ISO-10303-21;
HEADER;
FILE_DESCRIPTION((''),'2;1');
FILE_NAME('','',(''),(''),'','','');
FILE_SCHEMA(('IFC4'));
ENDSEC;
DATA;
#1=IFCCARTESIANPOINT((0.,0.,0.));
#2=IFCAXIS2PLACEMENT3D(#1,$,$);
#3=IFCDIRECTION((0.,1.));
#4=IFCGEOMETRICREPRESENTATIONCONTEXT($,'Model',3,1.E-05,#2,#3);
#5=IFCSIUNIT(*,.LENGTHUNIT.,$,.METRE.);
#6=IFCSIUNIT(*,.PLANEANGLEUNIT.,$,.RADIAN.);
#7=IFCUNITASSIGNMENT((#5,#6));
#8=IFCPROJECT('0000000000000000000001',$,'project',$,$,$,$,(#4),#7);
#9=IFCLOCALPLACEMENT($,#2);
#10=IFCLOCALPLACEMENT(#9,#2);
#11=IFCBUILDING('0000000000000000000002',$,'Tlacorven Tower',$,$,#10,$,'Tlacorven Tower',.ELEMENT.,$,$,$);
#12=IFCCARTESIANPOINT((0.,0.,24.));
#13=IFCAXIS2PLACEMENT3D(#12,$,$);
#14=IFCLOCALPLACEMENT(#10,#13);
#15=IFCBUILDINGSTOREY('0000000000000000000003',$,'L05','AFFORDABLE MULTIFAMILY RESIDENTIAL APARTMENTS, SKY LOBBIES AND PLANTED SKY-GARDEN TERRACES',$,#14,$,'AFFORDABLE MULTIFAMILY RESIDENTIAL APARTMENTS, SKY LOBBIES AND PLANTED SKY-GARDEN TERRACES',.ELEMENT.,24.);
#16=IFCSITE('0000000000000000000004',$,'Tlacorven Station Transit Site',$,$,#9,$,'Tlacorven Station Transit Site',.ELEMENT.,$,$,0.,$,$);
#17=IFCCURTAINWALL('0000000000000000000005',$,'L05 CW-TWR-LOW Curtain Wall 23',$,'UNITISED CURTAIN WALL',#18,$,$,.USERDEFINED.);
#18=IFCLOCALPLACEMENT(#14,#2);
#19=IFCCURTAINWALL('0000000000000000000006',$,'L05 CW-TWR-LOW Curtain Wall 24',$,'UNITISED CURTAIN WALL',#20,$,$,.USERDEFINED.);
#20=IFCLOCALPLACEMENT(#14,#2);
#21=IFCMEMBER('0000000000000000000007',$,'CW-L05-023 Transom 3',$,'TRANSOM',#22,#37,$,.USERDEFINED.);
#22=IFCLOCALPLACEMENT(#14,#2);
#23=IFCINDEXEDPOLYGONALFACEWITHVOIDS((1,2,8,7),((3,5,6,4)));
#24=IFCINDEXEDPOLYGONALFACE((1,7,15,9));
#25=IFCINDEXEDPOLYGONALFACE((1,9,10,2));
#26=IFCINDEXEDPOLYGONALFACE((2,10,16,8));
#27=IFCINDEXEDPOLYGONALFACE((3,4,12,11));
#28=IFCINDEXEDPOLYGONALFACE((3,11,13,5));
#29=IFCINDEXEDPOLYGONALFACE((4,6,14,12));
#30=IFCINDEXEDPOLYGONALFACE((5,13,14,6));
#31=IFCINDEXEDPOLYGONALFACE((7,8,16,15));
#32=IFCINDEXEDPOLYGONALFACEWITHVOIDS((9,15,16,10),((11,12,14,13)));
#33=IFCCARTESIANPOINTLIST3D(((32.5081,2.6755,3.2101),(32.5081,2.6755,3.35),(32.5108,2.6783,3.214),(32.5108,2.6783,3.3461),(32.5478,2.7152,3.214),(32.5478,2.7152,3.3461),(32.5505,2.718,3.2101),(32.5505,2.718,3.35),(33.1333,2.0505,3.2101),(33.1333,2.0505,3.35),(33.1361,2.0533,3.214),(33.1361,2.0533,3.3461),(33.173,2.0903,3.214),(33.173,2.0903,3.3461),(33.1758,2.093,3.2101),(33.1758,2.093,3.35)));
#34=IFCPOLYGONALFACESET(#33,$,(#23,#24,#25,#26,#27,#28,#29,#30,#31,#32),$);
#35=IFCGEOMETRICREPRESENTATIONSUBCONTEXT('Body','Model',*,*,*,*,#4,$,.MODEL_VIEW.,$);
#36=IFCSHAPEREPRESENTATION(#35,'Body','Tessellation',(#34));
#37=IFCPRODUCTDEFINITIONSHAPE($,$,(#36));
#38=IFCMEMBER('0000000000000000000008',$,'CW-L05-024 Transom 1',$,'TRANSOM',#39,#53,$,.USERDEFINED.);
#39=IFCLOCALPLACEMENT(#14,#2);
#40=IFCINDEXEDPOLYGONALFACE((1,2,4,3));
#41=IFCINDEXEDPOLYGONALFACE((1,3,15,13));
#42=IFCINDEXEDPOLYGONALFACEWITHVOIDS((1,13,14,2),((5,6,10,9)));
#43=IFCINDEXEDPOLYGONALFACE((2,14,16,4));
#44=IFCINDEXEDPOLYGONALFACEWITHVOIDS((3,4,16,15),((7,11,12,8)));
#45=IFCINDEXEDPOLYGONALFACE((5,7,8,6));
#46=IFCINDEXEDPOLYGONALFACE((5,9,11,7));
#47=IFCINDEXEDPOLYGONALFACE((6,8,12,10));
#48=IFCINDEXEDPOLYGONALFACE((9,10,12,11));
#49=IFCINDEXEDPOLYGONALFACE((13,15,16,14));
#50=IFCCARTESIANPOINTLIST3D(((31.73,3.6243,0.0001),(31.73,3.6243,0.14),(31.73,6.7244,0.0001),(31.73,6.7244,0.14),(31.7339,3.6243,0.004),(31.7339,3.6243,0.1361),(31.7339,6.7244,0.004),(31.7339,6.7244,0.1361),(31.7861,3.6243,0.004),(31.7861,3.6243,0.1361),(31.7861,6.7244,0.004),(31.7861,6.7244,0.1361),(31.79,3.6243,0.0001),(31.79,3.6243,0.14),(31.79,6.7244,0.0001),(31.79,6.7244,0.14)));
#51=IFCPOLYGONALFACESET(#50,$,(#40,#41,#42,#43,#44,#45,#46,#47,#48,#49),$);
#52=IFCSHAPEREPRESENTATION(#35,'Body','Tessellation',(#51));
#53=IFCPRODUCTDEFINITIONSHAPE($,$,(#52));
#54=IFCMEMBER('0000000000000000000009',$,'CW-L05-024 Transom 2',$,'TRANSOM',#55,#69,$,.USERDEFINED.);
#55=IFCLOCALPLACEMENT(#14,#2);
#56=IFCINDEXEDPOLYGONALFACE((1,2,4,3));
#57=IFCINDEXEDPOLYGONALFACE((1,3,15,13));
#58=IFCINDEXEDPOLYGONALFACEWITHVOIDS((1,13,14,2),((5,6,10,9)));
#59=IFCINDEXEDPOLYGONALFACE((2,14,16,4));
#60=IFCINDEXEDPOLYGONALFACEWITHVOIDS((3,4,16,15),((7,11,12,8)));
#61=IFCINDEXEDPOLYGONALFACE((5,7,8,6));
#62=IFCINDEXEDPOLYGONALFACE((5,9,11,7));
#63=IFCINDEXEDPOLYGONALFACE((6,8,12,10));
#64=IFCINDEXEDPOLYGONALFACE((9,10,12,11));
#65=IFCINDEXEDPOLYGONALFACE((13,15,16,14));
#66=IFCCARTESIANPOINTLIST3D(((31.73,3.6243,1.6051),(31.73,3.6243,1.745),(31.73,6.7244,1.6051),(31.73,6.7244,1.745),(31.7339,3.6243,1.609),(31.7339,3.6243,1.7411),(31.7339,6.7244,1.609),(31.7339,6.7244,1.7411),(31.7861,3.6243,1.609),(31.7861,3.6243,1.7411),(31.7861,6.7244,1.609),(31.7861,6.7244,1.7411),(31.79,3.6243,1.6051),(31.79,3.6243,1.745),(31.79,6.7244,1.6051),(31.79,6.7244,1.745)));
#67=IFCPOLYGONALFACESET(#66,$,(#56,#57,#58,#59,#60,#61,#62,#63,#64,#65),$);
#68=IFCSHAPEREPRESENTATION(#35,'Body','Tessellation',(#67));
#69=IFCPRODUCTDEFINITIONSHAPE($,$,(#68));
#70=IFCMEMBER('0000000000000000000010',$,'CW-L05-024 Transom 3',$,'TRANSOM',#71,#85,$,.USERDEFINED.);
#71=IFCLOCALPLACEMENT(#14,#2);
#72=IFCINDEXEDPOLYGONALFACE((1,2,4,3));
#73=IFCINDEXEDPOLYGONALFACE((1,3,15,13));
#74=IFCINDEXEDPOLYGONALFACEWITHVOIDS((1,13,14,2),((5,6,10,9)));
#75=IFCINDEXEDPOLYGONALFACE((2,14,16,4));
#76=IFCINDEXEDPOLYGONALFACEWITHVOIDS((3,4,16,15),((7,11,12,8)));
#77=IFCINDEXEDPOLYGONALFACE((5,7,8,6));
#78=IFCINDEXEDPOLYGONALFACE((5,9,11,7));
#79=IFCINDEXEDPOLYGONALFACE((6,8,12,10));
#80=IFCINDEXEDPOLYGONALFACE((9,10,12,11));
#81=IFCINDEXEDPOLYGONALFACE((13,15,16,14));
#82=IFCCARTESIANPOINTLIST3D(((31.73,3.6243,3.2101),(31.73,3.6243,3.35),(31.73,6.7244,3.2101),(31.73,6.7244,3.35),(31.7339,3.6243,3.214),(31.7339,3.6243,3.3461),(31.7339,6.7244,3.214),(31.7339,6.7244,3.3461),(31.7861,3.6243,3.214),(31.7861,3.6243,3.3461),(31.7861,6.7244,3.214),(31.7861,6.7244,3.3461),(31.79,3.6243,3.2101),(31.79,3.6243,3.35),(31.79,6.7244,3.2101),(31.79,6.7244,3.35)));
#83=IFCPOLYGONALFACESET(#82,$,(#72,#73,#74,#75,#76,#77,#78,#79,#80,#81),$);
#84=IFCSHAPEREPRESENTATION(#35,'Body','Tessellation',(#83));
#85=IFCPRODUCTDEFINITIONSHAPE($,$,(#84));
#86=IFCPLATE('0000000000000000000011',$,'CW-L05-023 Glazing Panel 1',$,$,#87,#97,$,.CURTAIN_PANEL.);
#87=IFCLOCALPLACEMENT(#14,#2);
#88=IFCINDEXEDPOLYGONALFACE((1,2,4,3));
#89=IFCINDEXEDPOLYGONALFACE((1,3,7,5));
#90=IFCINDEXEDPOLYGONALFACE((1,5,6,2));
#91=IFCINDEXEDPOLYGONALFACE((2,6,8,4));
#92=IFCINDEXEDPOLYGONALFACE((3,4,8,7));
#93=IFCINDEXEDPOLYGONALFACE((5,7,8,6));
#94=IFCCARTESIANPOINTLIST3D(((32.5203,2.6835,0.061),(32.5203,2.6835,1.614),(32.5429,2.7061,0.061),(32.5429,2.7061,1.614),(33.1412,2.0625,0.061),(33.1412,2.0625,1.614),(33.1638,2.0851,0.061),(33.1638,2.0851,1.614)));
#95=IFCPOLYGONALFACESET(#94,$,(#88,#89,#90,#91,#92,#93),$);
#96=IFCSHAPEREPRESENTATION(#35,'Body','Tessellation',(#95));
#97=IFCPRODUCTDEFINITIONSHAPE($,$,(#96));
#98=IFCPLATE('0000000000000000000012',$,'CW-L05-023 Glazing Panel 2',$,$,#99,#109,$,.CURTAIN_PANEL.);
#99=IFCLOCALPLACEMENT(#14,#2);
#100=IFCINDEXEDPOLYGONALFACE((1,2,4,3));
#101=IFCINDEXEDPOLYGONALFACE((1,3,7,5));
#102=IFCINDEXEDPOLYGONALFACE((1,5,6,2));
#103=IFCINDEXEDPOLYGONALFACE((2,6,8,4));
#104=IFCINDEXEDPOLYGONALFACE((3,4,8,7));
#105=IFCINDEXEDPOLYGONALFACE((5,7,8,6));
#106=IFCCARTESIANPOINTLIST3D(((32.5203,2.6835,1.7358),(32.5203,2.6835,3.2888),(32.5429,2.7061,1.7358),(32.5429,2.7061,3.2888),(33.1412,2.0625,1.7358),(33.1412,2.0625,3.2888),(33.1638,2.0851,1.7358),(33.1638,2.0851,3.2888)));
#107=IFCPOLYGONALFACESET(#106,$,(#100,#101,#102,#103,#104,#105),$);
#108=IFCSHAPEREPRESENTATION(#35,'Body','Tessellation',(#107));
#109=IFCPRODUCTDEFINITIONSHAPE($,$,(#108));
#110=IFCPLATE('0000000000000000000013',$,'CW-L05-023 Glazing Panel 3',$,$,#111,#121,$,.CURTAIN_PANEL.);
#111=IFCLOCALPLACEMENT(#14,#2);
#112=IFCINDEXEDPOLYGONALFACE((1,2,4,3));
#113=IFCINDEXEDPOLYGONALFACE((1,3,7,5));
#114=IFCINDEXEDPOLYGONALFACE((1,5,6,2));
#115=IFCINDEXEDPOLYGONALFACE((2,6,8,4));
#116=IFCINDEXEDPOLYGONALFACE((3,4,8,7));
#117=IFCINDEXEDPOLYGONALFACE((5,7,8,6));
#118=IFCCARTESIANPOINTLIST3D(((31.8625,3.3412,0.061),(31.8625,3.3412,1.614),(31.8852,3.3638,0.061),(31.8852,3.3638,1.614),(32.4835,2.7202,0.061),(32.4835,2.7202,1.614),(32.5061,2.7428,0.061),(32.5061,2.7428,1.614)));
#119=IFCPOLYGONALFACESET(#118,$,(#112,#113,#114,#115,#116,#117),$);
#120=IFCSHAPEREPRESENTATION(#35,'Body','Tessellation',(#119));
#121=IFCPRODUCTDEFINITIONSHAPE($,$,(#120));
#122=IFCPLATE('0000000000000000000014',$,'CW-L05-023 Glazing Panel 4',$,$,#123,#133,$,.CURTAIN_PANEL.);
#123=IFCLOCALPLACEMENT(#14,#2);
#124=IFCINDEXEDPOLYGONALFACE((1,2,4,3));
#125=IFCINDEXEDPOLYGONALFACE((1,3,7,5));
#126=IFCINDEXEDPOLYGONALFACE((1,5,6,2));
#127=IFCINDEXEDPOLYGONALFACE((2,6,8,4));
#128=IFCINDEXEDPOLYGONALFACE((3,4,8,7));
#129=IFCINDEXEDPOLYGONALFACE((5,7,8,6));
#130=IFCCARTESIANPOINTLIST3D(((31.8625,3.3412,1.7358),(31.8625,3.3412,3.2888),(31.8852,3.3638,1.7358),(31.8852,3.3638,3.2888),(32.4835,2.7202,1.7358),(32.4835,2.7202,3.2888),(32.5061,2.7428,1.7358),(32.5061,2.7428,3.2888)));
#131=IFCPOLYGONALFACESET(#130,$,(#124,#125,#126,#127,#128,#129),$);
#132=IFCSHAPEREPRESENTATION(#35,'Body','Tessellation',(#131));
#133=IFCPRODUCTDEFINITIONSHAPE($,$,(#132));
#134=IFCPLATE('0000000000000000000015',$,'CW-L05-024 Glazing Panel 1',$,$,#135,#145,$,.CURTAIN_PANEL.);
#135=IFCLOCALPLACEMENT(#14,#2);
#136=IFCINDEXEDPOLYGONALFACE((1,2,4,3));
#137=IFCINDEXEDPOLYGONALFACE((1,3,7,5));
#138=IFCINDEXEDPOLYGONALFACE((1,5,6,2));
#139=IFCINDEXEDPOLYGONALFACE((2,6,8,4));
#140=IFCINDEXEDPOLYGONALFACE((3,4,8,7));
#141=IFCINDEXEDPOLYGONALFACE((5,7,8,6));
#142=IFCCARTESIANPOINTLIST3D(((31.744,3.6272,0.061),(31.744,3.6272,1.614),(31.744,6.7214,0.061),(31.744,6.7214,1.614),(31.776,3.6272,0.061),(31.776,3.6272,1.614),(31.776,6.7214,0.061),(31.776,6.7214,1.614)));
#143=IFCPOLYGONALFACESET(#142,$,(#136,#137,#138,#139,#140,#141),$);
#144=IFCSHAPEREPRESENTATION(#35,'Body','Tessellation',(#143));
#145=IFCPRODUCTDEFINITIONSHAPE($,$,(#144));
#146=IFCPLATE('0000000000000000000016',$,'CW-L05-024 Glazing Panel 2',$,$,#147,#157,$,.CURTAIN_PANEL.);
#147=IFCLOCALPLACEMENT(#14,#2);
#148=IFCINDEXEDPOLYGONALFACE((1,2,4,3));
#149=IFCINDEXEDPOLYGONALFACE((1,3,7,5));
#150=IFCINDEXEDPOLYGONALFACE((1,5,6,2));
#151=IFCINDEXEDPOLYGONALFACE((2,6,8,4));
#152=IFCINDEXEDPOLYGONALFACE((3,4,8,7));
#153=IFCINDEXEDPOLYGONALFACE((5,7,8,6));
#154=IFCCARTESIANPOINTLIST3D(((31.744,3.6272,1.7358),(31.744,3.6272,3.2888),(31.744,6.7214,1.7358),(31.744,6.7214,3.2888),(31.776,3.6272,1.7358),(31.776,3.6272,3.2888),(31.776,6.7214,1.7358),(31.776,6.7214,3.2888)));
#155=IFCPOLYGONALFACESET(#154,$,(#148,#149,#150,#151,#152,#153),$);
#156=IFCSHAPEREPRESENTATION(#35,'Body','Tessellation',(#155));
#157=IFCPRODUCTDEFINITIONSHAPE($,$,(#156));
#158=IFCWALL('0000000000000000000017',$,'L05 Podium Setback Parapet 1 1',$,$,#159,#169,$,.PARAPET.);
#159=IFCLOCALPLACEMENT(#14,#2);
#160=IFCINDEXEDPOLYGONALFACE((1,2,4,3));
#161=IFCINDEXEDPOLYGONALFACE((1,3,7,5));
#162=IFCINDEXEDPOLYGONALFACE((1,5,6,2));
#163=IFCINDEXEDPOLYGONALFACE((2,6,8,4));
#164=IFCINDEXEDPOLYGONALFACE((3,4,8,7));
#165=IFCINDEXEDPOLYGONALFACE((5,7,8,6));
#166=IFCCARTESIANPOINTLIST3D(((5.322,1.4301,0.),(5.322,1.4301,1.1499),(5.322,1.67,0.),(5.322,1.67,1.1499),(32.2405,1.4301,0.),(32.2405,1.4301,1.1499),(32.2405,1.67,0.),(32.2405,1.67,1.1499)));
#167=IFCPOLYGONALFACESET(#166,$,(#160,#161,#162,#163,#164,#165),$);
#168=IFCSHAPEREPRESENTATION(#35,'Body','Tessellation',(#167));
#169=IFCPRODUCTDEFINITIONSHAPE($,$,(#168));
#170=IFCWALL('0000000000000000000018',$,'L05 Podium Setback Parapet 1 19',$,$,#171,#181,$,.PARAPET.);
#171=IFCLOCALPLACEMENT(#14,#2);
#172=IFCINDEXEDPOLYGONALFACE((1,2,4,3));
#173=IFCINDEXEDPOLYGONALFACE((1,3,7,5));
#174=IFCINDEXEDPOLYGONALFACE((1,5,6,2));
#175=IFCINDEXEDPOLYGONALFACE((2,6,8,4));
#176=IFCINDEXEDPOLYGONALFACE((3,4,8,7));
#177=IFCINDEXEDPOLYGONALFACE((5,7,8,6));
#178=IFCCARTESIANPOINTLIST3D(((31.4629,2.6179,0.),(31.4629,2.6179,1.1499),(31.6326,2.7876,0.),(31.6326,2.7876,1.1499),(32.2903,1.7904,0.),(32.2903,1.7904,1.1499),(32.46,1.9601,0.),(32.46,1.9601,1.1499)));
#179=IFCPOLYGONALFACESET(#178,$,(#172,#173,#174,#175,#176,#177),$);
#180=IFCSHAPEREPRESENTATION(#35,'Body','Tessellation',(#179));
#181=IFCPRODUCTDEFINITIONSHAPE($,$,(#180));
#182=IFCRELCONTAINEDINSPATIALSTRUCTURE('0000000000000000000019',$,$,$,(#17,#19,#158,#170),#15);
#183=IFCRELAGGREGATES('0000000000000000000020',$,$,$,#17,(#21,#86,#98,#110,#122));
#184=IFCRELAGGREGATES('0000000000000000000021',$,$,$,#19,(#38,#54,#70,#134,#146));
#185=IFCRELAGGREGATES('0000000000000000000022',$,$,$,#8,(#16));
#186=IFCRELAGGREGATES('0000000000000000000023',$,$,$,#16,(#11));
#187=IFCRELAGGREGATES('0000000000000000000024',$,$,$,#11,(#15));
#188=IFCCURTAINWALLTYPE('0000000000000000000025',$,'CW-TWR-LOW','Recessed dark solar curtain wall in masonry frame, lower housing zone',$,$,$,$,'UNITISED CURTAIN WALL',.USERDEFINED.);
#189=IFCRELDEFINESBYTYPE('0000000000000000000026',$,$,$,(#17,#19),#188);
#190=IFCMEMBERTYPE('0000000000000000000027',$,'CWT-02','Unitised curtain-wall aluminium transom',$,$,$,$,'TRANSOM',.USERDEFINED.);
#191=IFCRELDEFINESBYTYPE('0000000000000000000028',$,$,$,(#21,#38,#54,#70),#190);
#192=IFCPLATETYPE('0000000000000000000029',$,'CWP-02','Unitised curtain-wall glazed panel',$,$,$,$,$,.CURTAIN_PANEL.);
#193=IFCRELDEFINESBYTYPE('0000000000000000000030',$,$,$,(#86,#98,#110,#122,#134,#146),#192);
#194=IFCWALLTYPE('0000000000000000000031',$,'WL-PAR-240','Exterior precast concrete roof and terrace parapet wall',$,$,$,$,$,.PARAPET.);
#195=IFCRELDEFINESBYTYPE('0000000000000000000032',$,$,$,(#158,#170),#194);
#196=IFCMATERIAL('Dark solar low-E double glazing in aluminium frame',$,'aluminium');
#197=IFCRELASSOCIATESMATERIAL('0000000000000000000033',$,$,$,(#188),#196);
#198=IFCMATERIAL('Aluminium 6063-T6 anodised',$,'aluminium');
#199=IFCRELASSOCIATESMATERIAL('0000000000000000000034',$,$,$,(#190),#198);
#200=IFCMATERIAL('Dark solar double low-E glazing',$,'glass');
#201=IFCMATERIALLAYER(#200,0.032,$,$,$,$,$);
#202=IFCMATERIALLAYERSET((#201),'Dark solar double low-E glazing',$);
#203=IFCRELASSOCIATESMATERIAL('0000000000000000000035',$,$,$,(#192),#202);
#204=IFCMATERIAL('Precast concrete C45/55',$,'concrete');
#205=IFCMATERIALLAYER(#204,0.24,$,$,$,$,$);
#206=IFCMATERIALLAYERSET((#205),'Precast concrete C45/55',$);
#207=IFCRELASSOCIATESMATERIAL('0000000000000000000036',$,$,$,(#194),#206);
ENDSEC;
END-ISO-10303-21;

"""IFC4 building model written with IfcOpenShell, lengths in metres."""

from ifc_helpers import new_model, si_unit, direction, frame, frame_2d, origin, origin_2d, place, context, subcontext, project, spatial, rectangle, hollow_rectangle, extrude, source, transform, mapped, material, layer, layer_set, material_profile, profile_set, type_object, element, aggregate, save


model = new_model("IFC4")

# Units and contexts
model_context = context("Model", 3, precision=1e-05, world=origin(), true_north=direction((0.0, 1.0)))
body_context = subcontext(model_context, "Body", "Model", "MODEL_VIEW")
ifc_project = project(units=[si_unit("LENGTHUNIT", "METRE"), si_unit("PLANEANGLEUNIT", "RADIAN")], contexts=[model_context])

# Site, building, storey
site_placement = place(None, origin())
site = spatial("IfcSite", under=ifc_project, at=site_placement, Name="Tlacorven Station Transit Site", LongName="Tlacorven Station Transit Site", CompositionType="ELEMENT", RefElevation=0.0)
building_placement = place(site_placement, origin())
building = spatial("IfcBuilding", under=site, at=building_placement, Name="Tlacorven Tower", LongName="Tlacorven Tower", CompositionType="ELEMENT")
storey_placement = place(building_placement, frame((0.0, 0.0, 24.0)))
storey = spatial("IfcBuildingStorey", under=building, at=storey_placement, Name="L05", Description="AFFORDABLE MULTIFAMILY RESIDENTIAL APARTMENTS, SKY LOBBIES AND PLANTED SKY-GARDEN TERRACES", LongName="AFFORDABLE MULTIFAMILY RESIDENTIAL APARTMENTS, SKY LOBBIES AND PLANTED SKY-GARDEN TERRACES", CompositionType="ELEMENT", Elevation=24.0)

# Shared definitions
ifc_material_1 = material(Name="Dark solar low-E double glazing in aluminium frame", Category="aluminium")
curtain_wall_type = type_object("IfcCurtainWallType", Name="CW-TWR-LOW", Description="Recessed dark solar curtain wall in masonry frame, lower housing zone", ElementType="UNITISED CURTAIN WALL", PredefinedType="USERDEFINED", material=ifc_material_1)
ifc_material_2 = material(Name="Aluminium 6063-T6 anodised", Category="aluminium")

# Curtain walls
curtain_wall_1_placement = place(storey_placement, origin())
curtain_wall_1 = element("IfcCurtainWall", 1, at=curtain_wall_1_placement, inside=storey, type_object=curtain_wall_type, Name="L05 CW-TWR-LOW Curtain Wall 23", ObjectType="UNITISED CURTAIN WALL", PredefinedType="USERDEFINED")
curtain_wall_2_placement = place(storey_placement, origin())
curtain_wall_2 = element("IfcCurtainWall", 2, at=curtain_wall_2_placement, inside=storey, type_object=curtain_wall_type, Name="L05 CW-TWR-LOW Curtain Wall 24", ObjectType="UNITISED CURTAIN WALL", PredefinedType="USERDEFINED")

# Members
ifc_material_profile_1 = material_profile(ifc_material_2, hollow_rectangle(XDim=0.0601, YDim=0.1399, WallThickness=0.0039, at=origin_2d()), Name="ALU TRANSOM 60X140")
ifc_profile_set_1 = profile_set([ifc_material_profile_1], Name="Aluminium 6063-T6 anodised")
member_type_1 = type_object("IfcMemberType", Name="CWT-02", Description="Unitised curtain-wall aluminium transom", ElementType="TRANSOM", PredefinedType="USERDEFINED", material=ifc_profile_set_1)
shared_shape_1 = source(origin(), body_context, "Body", "SweptSolid", [
    extrude(hollow_rectangle(XDim=0.0601, YDim=0.1399, WallThickness=0.0039, at=origin_2d()), origin(), (0.0, 0.0, 1.0), 0.884),
])
member_1_placement = place(storey_placement, frame((33.1545, 2.0718, 3.28), z_axis=(-0.707245, 0.706969, 0.0), x_axis=(-0.706969, -0.707245, 0.0)))
member_1 = element("IfcMember", 3, at=member_1_placement, type_object=member_type_1, Name="CW-L05-023 Transom 3", ObjectType="TRANSOM", PredefinedType="USERDEFINED", context=body_context, shape_type="MappedRepresentation", body=[
    mapped(shared_shape_1, transform((0.0, 0.0, 0.0), scale=1.0)),
])
shared_shape_2 = source(origin(), body_context, "Body", "SweptSolid", [
    extrude(hollow_rectangle(XDim=0.0601, YDim=0.1399, WallThickness=0.0039, at=origin_2d()), origin(), (0.0, 0.0, 1.0), 3.1001),
])
member_2_placement = place(storey_placement, frame((31.76, 3.6243, 0.0701), z_axis=(0.0, 1.0, 0.0), x_axis=(-1.0, 0.0, 0.0)))
member_2 = element("IfcMember", 4, at=member_2_placement, type_object=member_type_1, Name="CW-L05-024 Transom 1", ObjectType="TRANSOM", PredefinedType="USERDEFINED", context=body_context, shape_type="MappedRepresentation", body=[
    mapped(shared_shape_2, transform((0.0, 0.0, 0.0), scale=1.0)),
])
member_3_placement = place(storey_placement, frame((31.76, 3.6243, 1.675), z_axis=(0.0, 1.0, 0.0), x_axis=(-1.0, 0.0, 0.0)))
member_3 = element("IfcMember", 5, at=member_3_placement, type_object=member_type_1, Name="CW-L05-024 Transom 2", ObjectType="TRANSOM", PredefinedType="USERDEFINED", context=body_context, shape_type="MappedRepresentation", body=[
    mapped(shared_shape_2, transform((0.0, 0.0, 0.0), scale=1.0)),
])
member_4_placement = place(storey_placement, frame((31.76, 3.6243, 3.28), z_axis=(0.0, 1.0, 0.0), x_axis=(-1.0, 0.0, 0.0)))
member_4 = element("IfcMember", 6, at=member_4_placement, type_object=member_type_1, Name="CW-L05-024 Transom 3", ObjectType="TRANSOM", PredefinedType="USERDEFINED", context=body_context, shape_type="MappedRepresentation", body=[
    mapped(shared_shape_2, transform((0.0, 0.0, 0.0), scale=1.0)),
])

# Plates
ifc_material_3 = material(Name="Dark solar double low-E glazing", Category="glass")
ifc_layer_1 = layer(ifc_material_3, 0.032)
ifc_layer_set_1 = layer_set([ifc_layer_1], Name="Dark solar double low-E glazing")
plate_type = type_object("IfcPlateType", Name="CWP-02", Description="Unitised curtain-wall glazed panel", PredefinedType="CURTAIN_PANEL", material=ifc_layer_set_1)
shared_shape_3 = source(origin(), body_context, "Body", "SweptSolid", [
    extrude(rectangle(XDim=0.8782, YDim=0.032, at=origin_2d()), origin(), (0.0, 0.0, 1.0), 1.553),
])
plate_1_placement = place(storey_placement, frame((32.842, 2.3843, 0.061), z_axis=(0.0, 0.0, 1.0), x_axis=(-0.707107, 0.707107, 0.0)))
plate_1 = element("IfcPlate", 7, at=plate_1_placement, type_object=plate_type, Name="CW-L05-023 Glazing Panel 1", PredefinedType="CURTAIN_PANEL", context=body_context, shape_type="MappedRepresentation", body=[
    mapped(shared_shape_3, transform((0.0, 0.0, 0.0), scale=1.0)),
])
plate_2_placement = place(storey_placement, frame((32.842, 2.3843, 1.7358), z_axis=(0.0, 0.0, 1.0), x_axis=(-0.707107, 0.707107, 0.0)))
plate_2 = element("IfcPlate", 8, at=plate_2_placement, type_object=plate_type, Name="CW-L05-023 Glazing Panel 2", PredefinedType="CURTAIN_PANEL", context=body_context, shape_type="MappedRepresentation", body=[
    mapped(shared_shape_3, transform((0.0, 0.0, 0.0), scale=1.0)),
])
plate_3_placement = place(storey_placement, frame((32.1843, 3.042, 0.061), z_axis=(0.0, 0.0, 1.0), x_axis=(-0.707107, 0.707107, 0.0)))
plate_3 = element("IfcPlate", 9, at=plate_3_placement, type_object=plate_type, Name="CW-L05-023 Glazing Panel 3", PredefinedType="CURTAIN_PANEL", context=body_context, shape_type="MappedRepresentation", body=[
    mapped(shared_shape_3, transform((0.0, 0.0, 0.0), scale=1.0)),
])
plate_4_placement = place(storey_placement, frame((32.1843, 3.042, 1.7358), z_axis=(0.0, 0.0, 1.0), x_axis=(-0.707107, 0.707107, 0.0)))
plate_4 = element("IfcPlate", 10, at=plate_4_placement, type_object=plate_type, Name="CW-L05-023 Glazing Panel 4", PredefinedType="CURTAIN_PANEL", context=body_context, shape_type="MappedRepresentation", body=[
    mapped(shared_shape_3, transform((0.0, 0.0, 0.0), scale=1.0)),
])
aggregate(curtain_wall_1, [member_1, plate_1, plate_2, plate_3, plate_4])
shared_shape_4 = source(origin(), body_context, "Body", "SweptSolid", [
    extrude(rectangle(XDim=3.0942, YDim=0.032, at=origin_2d()), origin(), (0.0, 0.0, 1.0), 1.553),
])
plate_5_placement = place(storey_placement, frame((31.76, 5.1743, 0.061), z_axis=(0.0, 0.0, 1.0), x_axis=(0.0, 1.0, 0.0)))
plate_5 = element("IfcPlate", 11, at=plate_5_placement, type_object=plate_type, Name="CW-L05-024 Glazing Panel 1", PredefinedType="CURTAIN_PANEL", context=body_context, shape_type="MappedRepresentation", body=[
    mapped(shared_shape_4, transform((0.0, 0.0, 0.0), scale=1.0)),
])
plate_6_placement = place(storey_placement, frame((31.76, 5.1743, 1.7358), z_axis=(0.0, 0.0, 1.0), x_axis=(0.0, 1.0, 0.0)))
plate_6 = element("IfcPlate", 12, at=plate_6_placement, type_object=plate_type, Name="CW-L05-024 Glazing Panel 2", PredefinedType="CURTAIN_PANEL", context=body_context, shape_type="MappedRepresentation", body=[
    mapped(shared_shape_4, transform((0.0, 0.0, 0.0), scale=1.0)),
])
aggregate(curtain_wall_2, [member_2, member_3, member_4, plate_5, plate_6])

# Walls
ifc_material_4 = material(Name="Precast concrete C45/55", Category="concrete")
ifc_layer_2 = layer(ifc_material_4, 0.24)
ifc_layer_set_2 = layer_set([ifc_layer_2], Name="Precast concrete C45/55")
wall_type = type_object("IfcWallType", Name="WL-PAR-240", Description="Exterior precast concrete roof and terrace parapet wall", PredefinedType="PARAPET", material=ifc_layer_set_2)
wall_1_placement = place(storey_placement, frame((32.2405, 1.55, 0.0), z_axis=(0.0, 0.0, 1.0), x_axis=(-1.0, 0.0, 0.0)))
element("IfcWall", 13, at=wall_1_placement, inside=storey, type_object=wall_type, Name="L05 Podium Setback Parapet 1 1", PredefinedType="PARAPET", context=body_context, shape_type="SweptSolid", body=[
    extrude(rectangle(XDim=26.9185, YDim=0.24, at=frame_2d((13.4592, 0.0))), origin(), (0.0, 0.0, 1.0), 1.1499),
])
wall_2_placement = place(storey_placement, frame((31.5479, 2.7026, 0.0), z_axis=(0.0, 0.0, 1.0), x_axis=(0.707107, -0.707107, 0.0)))
element("IfcWall", 14, at=wall_2_placement, inside=storey, type_object=wall_type, Name="L05 Podium Setback Parapet 1 19", PredefinedType="PARAPET", context=body_context, shape_type="SweptSolid", body=[
    extrude(rectangle(XDim=1.1702, YDim=0.24, at=frame_2d((0.585, 0.0))), origin(), (0.0, 0.0, 1.0), 1.1499),
])

save(model, "model.ifc")
